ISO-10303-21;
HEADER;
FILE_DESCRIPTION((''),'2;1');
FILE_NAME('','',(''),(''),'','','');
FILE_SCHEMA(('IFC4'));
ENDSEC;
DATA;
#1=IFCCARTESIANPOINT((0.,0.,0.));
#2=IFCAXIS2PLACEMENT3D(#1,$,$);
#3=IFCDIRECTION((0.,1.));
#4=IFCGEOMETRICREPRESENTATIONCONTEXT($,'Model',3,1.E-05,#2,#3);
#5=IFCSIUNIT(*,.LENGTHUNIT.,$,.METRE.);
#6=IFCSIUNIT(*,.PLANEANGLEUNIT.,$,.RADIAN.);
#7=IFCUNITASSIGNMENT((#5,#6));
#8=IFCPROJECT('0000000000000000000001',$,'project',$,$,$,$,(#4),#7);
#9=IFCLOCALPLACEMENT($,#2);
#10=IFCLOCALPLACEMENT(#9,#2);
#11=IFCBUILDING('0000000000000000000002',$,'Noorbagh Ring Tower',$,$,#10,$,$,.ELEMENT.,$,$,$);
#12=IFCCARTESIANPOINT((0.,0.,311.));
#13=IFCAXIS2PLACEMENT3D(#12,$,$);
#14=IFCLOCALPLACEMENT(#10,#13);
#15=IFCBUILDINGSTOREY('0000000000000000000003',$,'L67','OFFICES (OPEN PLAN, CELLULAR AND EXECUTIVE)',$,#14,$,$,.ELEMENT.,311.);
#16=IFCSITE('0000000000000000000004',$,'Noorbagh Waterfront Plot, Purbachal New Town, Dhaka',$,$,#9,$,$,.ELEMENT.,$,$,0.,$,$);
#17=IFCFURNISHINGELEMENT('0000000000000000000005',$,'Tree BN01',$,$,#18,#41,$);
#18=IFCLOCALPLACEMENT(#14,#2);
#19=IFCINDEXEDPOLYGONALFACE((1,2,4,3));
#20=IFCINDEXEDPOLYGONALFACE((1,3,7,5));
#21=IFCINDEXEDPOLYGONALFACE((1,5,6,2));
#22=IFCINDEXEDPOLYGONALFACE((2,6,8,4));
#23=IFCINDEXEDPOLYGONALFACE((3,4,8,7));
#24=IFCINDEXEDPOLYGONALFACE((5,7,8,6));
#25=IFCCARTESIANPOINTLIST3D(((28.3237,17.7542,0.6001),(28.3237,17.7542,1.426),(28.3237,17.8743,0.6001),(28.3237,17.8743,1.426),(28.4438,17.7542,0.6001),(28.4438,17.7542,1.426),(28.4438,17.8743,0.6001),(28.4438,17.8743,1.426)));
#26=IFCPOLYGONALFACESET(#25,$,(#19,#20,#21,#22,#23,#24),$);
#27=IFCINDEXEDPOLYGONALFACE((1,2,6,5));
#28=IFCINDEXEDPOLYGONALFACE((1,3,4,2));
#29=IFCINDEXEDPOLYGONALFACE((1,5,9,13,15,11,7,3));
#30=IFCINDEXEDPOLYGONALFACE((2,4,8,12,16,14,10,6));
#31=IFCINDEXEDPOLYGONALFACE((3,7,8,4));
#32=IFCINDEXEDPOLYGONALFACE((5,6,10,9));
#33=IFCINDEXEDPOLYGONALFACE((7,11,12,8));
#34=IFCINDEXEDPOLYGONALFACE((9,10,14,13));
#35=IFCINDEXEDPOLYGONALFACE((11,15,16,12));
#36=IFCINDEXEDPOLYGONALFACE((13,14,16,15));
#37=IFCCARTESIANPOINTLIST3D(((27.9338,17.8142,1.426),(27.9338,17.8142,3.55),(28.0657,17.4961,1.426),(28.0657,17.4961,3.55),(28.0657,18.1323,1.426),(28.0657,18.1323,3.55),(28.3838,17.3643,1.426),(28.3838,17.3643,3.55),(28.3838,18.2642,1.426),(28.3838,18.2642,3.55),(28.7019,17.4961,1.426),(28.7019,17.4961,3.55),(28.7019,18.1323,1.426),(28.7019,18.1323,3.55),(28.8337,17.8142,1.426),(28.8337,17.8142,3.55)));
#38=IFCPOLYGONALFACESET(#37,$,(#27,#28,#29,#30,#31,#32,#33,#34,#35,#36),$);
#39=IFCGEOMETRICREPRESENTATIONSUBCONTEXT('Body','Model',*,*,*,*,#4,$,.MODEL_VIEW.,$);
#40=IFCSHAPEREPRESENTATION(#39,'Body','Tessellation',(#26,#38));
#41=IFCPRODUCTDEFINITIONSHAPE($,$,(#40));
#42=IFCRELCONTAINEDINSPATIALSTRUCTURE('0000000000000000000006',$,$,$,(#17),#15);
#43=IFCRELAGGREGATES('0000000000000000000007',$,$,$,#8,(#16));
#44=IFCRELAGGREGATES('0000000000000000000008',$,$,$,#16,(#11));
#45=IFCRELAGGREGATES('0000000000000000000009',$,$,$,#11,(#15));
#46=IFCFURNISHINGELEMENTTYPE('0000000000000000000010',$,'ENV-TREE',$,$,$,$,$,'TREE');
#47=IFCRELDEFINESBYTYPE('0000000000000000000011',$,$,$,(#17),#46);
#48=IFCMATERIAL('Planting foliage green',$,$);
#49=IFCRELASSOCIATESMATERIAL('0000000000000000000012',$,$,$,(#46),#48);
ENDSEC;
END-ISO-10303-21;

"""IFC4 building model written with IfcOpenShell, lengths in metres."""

from ifc_helpers import new_model, si_unit, direction, frame, origin, origin_2d, place, context, subcontext, project, spatial, polyline, rectangle, outline, extrude, material, type_object, element, save


model = new_model("IFC4")

# Units and contexts
model_context = context("Model", 3, precision=1e-05, world=origin(), true_north=direction((0.0, 1.0)))
body_context = subcontext(model_context, "Body", "Model", "MODEL_VIEW")
ifc_project = project(units=[si_unit("LENGTHUNIT", "METRE"), si_unit("PLANEANGLEUNIT", "RADIAN")], contexts=[model_context])

# Site, building, storey
site_placement = place(None, origin())
site = spatial("IfcSite", under=ifc_project, at=site_placement, Name="Noorbagh Waterfront Plot, Purbachal New Town, Dhaka", CompositionType="ELEMENT", RefElevation=0.0)
building_placement = place(site_placement, origin())
building = spatial("IfcBuilding", under=site, at=building_placement, Name="Noorbagh Ring Tower", CompositionType="ELEMENT")
storey_placement = place(building_placement, frame((0.0, 0.0, 311.0)))
storey = spatial("IfcBuildingStorey", under=building, at=storey_placement, Name="L67", Description="OFFICES (OPEN PLAN, CELLULAR AND EXECUTIVE)", CompositionType="ELEMENT", Elevation=311.0)

# Furnishing element
ifc_material_1 = material(Name="Planting foliage green")
furnishing_element_type = type_object("IfcFurnishingElementType", Name="ENV-TREE", ElementType="TREE", material=ifc_material_1)
furnishing_placement = place(storey_placement, frame((28.3838, 17.8142, 0.6001), z_axis=(0.0, 0.0, 1.0), x_axis=(1.0, 0.0, 0.0)))
element("IfcFurnishingElement", 1, at=furnishing_placement, inside=storey, type_object=furnishing_element_type, Name="Tree BN01", context=body_context, shape_type="SweptSolid", body=[
    extrude(rectangle(XDim=0.1201, YDim=0.1201, at=origin_2d()), origin(), (0.0, 0.0, 1.0), 0.8259),
    extrude(outline(polyline([(0.45, 0.0), (0.3181, 0.3181), (0.0, 0.45), (-0.3181, 0.3181), (-0.45, 0.0), (-0.3181, -0.3181), (0.0, -0.45), (0.3181, -0.3181), (0.45, 0.0)])), frame((0.0, 0.0, 0.8259)), (0.0, 0.0, 1.0), 2.124),
])

save(model, "model.ifc")
